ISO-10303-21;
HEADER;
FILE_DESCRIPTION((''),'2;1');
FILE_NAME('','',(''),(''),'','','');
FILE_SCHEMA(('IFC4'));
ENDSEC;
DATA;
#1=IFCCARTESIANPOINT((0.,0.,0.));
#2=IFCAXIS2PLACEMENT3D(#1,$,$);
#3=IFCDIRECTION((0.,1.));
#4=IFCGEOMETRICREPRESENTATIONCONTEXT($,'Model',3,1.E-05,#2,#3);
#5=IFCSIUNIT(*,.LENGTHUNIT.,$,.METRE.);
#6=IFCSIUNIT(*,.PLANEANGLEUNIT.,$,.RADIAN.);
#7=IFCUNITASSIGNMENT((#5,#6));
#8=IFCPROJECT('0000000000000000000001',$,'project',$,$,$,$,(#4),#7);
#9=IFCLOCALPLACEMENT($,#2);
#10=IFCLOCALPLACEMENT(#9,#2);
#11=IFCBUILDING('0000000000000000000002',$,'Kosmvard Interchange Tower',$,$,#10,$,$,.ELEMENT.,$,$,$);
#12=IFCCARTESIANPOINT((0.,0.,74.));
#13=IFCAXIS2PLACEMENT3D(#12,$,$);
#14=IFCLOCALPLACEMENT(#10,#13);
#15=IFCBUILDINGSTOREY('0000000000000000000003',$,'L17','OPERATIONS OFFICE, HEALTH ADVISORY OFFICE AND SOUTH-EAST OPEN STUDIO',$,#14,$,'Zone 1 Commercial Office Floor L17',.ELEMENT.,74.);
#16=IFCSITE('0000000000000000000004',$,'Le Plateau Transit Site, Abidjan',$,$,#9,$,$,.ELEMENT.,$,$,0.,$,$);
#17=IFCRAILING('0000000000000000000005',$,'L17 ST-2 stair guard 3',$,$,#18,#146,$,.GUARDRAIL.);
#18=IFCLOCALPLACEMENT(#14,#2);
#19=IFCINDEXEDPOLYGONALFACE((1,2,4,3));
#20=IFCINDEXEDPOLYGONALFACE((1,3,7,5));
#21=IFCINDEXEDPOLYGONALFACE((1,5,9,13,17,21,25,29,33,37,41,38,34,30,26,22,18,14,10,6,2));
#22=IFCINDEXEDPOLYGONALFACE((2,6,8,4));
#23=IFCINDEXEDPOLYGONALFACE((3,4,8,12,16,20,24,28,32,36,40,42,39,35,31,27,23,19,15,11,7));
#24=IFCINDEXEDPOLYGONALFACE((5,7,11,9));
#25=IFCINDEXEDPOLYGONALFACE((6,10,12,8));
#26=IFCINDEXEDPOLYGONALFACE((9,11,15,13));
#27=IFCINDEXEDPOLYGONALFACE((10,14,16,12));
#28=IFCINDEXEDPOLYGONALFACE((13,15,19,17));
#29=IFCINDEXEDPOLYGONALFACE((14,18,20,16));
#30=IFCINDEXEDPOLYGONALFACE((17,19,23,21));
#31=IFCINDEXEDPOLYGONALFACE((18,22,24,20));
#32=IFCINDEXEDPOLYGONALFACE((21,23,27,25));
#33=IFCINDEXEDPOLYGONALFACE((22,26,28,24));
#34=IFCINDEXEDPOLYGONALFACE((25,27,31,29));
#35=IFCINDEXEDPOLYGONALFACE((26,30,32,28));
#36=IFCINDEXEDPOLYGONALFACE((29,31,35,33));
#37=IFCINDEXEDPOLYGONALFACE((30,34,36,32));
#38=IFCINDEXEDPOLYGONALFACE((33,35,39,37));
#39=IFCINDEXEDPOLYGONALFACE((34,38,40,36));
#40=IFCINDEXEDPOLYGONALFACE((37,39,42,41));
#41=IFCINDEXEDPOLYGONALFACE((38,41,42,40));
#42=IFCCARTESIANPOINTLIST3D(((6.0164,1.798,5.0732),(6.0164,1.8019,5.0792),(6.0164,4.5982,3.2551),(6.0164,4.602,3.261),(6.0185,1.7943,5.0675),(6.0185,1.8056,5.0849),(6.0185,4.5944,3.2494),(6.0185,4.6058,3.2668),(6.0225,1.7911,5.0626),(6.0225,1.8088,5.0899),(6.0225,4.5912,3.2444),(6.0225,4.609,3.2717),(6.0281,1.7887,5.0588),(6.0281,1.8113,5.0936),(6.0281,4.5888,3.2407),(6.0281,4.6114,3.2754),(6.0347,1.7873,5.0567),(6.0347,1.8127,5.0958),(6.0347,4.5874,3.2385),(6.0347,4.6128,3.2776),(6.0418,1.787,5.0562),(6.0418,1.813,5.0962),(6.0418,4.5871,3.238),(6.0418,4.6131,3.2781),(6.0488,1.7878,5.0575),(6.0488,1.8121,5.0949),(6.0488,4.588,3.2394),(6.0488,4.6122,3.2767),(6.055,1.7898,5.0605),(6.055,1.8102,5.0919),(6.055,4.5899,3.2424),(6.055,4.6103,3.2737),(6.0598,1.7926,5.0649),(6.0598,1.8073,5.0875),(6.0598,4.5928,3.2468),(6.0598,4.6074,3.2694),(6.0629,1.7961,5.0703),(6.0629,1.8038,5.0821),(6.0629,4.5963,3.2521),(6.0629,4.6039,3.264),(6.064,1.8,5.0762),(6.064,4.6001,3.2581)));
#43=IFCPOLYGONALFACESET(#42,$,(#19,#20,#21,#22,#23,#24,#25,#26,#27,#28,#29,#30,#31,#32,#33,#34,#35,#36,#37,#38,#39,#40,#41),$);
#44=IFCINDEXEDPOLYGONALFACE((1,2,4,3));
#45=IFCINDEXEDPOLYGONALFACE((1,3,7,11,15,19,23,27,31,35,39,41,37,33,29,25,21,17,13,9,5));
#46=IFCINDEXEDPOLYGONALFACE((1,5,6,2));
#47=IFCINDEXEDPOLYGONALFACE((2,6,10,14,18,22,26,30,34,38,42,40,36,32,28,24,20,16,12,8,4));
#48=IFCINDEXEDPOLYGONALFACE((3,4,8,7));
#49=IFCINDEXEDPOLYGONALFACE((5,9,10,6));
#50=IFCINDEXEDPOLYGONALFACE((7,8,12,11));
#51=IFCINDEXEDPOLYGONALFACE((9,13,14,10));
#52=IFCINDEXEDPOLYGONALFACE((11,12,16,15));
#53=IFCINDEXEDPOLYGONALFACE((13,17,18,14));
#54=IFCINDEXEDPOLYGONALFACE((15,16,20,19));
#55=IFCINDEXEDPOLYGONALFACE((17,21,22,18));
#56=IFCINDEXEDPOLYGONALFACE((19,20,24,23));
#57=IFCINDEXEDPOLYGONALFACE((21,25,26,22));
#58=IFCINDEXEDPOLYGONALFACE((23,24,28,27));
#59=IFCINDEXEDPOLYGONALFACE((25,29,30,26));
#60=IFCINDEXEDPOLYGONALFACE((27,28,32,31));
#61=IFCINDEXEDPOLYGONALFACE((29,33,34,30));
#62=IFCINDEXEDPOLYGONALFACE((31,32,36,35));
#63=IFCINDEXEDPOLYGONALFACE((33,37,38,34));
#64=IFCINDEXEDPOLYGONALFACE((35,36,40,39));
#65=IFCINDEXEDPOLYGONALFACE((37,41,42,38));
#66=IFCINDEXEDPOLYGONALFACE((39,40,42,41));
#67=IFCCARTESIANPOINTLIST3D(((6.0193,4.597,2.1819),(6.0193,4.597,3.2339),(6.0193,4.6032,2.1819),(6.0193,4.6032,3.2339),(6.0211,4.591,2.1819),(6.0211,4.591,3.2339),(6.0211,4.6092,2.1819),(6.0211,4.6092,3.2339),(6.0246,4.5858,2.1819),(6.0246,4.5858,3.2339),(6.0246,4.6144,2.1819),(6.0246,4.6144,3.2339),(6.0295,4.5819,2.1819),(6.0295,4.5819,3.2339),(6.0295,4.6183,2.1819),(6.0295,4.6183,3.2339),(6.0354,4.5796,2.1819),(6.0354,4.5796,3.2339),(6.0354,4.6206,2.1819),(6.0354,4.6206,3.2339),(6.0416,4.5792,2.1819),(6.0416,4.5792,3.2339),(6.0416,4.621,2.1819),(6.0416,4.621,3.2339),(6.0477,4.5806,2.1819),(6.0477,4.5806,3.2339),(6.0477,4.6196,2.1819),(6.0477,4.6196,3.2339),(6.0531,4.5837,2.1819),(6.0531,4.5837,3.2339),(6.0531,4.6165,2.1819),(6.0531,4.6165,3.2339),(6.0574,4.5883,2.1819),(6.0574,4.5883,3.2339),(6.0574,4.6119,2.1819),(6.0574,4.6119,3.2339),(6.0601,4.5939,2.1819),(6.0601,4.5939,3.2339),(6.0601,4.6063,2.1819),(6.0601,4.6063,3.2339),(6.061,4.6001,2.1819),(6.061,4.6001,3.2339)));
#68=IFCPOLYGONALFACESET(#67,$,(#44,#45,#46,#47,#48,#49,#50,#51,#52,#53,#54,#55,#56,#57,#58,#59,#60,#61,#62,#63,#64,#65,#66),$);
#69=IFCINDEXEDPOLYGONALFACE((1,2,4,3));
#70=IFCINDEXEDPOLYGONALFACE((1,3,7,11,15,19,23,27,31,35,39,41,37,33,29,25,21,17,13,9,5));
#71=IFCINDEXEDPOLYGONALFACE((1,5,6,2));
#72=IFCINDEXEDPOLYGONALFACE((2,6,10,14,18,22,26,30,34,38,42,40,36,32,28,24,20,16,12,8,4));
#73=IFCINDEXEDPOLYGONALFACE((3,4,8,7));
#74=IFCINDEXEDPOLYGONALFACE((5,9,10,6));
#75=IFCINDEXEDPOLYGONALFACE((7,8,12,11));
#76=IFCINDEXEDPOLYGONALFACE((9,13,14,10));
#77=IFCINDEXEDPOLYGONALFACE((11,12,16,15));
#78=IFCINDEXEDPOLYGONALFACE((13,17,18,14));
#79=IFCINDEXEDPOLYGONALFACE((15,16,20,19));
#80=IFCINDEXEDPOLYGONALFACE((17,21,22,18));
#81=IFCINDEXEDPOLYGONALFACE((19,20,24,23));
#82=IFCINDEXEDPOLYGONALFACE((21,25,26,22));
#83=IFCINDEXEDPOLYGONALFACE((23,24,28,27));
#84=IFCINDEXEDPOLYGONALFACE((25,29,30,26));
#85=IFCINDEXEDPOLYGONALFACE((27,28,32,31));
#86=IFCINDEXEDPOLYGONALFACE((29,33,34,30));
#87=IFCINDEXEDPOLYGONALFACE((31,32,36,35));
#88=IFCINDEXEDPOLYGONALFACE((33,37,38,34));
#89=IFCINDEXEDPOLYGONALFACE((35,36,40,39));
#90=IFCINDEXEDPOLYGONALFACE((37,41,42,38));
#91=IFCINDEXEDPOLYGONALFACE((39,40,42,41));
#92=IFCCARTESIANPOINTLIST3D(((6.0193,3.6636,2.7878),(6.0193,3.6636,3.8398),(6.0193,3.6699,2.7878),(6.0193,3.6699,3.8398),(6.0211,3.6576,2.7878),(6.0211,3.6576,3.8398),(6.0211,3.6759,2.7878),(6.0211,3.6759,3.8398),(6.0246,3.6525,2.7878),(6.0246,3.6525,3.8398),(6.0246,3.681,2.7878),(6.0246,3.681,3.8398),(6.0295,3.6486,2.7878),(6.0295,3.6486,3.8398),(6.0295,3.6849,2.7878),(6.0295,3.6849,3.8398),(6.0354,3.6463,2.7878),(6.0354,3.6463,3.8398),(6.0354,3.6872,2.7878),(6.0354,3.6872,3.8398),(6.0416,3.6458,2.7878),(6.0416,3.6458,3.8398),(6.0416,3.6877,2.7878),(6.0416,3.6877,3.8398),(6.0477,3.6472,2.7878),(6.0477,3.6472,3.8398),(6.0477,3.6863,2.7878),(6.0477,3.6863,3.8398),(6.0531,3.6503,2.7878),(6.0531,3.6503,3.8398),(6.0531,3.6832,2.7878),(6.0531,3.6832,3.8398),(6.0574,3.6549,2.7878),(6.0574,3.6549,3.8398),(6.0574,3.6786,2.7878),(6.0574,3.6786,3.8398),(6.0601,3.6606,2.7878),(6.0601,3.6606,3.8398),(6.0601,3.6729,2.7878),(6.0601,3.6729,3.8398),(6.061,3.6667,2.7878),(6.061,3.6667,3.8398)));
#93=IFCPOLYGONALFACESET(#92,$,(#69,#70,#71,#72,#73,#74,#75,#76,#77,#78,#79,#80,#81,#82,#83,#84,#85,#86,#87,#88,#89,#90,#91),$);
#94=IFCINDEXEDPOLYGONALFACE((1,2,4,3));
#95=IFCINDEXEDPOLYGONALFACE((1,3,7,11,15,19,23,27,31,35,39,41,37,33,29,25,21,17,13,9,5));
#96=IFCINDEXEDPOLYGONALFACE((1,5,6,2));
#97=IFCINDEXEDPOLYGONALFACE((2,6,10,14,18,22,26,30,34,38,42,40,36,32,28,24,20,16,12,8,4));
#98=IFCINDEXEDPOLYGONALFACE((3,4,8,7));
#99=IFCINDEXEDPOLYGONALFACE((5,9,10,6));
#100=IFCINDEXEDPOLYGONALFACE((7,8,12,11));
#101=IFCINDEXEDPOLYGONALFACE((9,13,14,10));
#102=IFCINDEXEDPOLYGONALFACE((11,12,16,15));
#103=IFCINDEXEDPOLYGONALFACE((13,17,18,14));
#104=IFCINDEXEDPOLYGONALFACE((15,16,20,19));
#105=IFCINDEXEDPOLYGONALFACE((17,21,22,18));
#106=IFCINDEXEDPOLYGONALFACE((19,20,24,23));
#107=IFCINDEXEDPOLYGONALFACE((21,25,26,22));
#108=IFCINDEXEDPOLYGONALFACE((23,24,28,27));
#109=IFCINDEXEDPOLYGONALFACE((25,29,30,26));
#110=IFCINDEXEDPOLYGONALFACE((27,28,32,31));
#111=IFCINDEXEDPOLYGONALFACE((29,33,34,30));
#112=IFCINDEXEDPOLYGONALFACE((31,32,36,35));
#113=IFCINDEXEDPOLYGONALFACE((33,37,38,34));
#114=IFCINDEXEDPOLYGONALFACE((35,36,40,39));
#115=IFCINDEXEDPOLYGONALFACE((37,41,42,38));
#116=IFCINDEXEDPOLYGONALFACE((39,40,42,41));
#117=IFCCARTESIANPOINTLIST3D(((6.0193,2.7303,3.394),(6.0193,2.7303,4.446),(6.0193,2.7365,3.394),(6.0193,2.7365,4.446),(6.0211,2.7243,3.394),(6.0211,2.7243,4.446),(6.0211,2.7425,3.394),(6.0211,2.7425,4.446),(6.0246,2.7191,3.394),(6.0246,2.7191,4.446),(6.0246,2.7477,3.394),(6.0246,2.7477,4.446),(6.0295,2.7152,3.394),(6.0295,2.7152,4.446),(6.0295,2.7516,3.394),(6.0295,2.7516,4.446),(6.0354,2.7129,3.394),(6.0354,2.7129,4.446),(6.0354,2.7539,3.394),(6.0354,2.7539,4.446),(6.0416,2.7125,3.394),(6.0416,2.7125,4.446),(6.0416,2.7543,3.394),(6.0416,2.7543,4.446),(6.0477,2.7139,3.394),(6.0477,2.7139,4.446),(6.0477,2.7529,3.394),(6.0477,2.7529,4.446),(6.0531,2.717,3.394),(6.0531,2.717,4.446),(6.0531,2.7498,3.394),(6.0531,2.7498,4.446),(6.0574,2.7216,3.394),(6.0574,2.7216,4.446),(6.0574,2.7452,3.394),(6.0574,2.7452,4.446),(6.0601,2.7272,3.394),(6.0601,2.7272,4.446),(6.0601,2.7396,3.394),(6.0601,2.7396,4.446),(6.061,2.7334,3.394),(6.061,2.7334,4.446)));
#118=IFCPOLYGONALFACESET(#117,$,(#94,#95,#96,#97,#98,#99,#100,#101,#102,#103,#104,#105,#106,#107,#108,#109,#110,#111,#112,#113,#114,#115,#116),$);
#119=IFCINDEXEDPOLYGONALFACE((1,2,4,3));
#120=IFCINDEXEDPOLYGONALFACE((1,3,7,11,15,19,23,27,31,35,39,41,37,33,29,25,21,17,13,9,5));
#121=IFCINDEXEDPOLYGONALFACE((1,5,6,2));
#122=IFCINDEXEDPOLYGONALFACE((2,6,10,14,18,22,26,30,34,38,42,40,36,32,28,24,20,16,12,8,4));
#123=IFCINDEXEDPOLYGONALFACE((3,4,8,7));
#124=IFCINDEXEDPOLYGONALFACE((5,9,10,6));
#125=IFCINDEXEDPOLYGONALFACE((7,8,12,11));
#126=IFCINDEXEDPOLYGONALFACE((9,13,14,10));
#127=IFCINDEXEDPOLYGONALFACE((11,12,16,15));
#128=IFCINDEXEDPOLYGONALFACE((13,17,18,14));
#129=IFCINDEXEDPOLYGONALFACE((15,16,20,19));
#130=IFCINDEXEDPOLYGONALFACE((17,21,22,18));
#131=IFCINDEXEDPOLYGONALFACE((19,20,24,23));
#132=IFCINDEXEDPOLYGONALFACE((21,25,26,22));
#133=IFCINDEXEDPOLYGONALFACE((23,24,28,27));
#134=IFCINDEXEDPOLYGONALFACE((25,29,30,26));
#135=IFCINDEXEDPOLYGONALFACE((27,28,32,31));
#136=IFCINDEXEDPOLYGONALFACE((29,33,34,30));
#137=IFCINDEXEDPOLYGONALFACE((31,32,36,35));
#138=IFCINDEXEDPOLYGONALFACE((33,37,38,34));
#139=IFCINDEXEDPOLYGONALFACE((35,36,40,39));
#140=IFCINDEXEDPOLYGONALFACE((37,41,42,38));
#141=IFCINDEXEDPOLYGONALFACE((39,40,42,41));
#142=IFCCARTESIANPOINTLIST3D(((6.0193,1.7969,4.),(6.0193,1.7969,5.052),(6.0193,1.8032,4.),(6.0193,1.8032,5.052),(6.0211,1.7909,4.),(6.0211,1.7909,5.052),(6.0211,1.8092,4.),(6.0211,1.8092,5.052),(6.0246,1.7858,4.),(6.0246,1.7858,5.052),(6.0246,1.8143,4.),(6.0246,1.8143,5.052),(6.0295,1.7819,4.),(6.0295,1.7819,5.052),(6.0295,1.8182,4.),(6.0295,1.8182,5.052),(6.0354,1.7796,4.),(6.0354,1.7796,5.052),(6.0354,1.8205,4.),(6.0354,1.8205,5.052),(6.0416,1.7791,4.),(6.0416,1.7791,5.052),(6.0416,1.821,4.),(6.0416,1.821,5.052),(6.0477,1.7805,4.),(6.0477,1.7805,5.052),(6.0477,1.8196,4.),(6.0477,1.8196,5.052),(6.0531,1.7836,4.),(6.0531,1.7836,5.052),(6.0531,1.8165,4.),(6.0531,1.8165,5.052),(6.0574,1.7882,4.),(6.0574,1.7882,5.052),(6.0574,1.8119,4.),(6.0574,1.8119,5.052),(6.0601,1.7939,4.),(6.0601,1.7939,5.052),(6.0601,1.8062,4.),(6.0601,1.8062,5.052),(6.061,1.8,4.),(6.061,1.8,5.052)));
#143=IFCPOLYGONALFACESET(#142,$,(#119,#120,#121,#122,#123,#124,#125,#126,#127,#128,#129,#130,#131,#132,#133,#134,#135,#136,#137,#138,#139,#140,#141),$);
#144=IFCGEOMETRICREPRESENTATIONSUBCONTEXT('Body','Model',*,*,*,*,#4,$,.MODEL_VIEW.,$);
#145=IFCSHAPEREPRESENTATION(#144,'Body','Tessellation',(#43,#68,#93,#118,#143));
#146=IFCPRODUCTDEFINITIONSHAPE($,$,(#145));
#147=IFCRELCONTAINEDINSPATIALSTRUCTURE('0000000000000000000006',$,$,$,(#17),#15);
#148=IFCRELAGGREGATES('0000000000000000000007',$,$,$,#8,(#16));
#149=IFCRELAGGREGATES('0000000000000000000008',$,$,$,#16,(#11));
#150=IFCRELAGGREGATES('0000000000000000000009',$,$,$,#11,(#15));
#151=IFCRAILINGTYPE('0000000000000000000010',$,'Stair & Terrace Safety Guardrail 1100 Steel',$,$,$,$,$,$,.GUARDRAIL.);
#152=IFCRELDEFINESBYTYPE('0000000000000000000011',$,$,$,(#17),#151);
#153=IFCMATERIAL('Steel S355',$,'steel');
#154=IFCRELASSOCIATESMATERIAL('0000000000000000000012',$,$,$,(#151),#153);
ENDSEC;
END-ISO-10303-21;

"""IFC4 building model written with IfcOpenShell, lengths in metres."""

from ifc_helpers import new_model, si_unit, direction, frame, origin, origin_2d, place, context, subcontext, project, spatial, circle, extrude, source, transform, mapped, material, type_object, element, save


model = new_model("IFC4")

# Units and contexts
model_context = context("Model", 3, precision=1e-05, world=origin(), true_north=direction((0.0, 1.0)))
body_context = subcontext(model_context, "Body", "Model", "MODEL_VIEW")
ifc_project = project(units=[si_unit("LENGTHUNIT", "METRE"), si_unit("PLANEANGLEUNIT", "RADIAN")], contexts=[model_context])

# Site, building, storey
site_placement = place(None, origin())
site = spatial("IfcSite", under=ifc_project, at=site_placement, Name="Le Plateau Transit Site, Abidjan", CompositionType="ELEMENT", RefElevation=0.0)
building_placement = place(site_placement, origin())
building = spatial("IfcBuilding", under=site, at=building_placement, Name="Kosmvard Interchange Tower", CompositionType="ELEMENT")
storey_placement = place(building_placement, frame((0.0, 0.0, 74.0)))
storey = spatial("IfcBuildingStorey", under=building, at=storey_placement, Name="L17", Description="OPERATIONS OFFICE, HEALTH ADVISORY OFFICE AND SOUTH-EAST OPEN STUDIO", LongName="Zone 1 Commercial Office Floor L17", CompositionType="ELEMENT", Elevation=74.0)

# Shared definitions
ifc_material_1 = material(Name="Steel S355", Category="steel")

# Railing
railing_type_1 = type_object("IfcRailingType", Name="Stair & Terrace Safety Guardrail 1100 Steel", PredefinedType="GUARDRAIL", material=ifc_material_1)
shared_shape_1 = source(origin(), body_context, "Body", "SweptSolid", [
    extrude(circle(Radius=0.0239, at=origin_2d()), frame((0.0, 0.0, 1.0762), z_axis=(0.0, -0.838706, 0.544585), x_axis=(1.0, 0.0, 0.0)), (0.0, 0.0, 1.0), 3.3386),
    extrude(circle(Radius=0.021, at=origin_2d()), origin(), (0.0, 0.0, 1.0), 1.052),
    extrude(circle(Radius=0.021, at=origin_2d()), frame((0.0, -0.9333, 0.606)), (0.0, 0.0, 1.0), 1.052),
    extrude(circle(Radius=0.021, at=origin_2d()), frame((0.0, -1.8667, 1.2122)), (0.0, 0.0, 1.0), 1.052),
    extrude(circle(Radius=0.021, at=origin_2d()), frame((0.0, -2.8, 1.8181)), (0.0, 0.0, 1.0), 1.052),
])
railing_1_placement = place(storey_placement, frame((6.04, 4.6001, 2.1819)))
element("IfcRailing", 1, at=railing_1_placement, inside=storey, type_object=railing_type_1, Name="L17 ST-2 stair guard 3", PredefinedType="GUARDRAIL", context=body_context, shape_type="MappedRepresentation", body=[
    mapped(shared_shape_1, transform((0.0, 0.0, 0.0), scale=1.0)),
])

save(model, "model.ifc")
